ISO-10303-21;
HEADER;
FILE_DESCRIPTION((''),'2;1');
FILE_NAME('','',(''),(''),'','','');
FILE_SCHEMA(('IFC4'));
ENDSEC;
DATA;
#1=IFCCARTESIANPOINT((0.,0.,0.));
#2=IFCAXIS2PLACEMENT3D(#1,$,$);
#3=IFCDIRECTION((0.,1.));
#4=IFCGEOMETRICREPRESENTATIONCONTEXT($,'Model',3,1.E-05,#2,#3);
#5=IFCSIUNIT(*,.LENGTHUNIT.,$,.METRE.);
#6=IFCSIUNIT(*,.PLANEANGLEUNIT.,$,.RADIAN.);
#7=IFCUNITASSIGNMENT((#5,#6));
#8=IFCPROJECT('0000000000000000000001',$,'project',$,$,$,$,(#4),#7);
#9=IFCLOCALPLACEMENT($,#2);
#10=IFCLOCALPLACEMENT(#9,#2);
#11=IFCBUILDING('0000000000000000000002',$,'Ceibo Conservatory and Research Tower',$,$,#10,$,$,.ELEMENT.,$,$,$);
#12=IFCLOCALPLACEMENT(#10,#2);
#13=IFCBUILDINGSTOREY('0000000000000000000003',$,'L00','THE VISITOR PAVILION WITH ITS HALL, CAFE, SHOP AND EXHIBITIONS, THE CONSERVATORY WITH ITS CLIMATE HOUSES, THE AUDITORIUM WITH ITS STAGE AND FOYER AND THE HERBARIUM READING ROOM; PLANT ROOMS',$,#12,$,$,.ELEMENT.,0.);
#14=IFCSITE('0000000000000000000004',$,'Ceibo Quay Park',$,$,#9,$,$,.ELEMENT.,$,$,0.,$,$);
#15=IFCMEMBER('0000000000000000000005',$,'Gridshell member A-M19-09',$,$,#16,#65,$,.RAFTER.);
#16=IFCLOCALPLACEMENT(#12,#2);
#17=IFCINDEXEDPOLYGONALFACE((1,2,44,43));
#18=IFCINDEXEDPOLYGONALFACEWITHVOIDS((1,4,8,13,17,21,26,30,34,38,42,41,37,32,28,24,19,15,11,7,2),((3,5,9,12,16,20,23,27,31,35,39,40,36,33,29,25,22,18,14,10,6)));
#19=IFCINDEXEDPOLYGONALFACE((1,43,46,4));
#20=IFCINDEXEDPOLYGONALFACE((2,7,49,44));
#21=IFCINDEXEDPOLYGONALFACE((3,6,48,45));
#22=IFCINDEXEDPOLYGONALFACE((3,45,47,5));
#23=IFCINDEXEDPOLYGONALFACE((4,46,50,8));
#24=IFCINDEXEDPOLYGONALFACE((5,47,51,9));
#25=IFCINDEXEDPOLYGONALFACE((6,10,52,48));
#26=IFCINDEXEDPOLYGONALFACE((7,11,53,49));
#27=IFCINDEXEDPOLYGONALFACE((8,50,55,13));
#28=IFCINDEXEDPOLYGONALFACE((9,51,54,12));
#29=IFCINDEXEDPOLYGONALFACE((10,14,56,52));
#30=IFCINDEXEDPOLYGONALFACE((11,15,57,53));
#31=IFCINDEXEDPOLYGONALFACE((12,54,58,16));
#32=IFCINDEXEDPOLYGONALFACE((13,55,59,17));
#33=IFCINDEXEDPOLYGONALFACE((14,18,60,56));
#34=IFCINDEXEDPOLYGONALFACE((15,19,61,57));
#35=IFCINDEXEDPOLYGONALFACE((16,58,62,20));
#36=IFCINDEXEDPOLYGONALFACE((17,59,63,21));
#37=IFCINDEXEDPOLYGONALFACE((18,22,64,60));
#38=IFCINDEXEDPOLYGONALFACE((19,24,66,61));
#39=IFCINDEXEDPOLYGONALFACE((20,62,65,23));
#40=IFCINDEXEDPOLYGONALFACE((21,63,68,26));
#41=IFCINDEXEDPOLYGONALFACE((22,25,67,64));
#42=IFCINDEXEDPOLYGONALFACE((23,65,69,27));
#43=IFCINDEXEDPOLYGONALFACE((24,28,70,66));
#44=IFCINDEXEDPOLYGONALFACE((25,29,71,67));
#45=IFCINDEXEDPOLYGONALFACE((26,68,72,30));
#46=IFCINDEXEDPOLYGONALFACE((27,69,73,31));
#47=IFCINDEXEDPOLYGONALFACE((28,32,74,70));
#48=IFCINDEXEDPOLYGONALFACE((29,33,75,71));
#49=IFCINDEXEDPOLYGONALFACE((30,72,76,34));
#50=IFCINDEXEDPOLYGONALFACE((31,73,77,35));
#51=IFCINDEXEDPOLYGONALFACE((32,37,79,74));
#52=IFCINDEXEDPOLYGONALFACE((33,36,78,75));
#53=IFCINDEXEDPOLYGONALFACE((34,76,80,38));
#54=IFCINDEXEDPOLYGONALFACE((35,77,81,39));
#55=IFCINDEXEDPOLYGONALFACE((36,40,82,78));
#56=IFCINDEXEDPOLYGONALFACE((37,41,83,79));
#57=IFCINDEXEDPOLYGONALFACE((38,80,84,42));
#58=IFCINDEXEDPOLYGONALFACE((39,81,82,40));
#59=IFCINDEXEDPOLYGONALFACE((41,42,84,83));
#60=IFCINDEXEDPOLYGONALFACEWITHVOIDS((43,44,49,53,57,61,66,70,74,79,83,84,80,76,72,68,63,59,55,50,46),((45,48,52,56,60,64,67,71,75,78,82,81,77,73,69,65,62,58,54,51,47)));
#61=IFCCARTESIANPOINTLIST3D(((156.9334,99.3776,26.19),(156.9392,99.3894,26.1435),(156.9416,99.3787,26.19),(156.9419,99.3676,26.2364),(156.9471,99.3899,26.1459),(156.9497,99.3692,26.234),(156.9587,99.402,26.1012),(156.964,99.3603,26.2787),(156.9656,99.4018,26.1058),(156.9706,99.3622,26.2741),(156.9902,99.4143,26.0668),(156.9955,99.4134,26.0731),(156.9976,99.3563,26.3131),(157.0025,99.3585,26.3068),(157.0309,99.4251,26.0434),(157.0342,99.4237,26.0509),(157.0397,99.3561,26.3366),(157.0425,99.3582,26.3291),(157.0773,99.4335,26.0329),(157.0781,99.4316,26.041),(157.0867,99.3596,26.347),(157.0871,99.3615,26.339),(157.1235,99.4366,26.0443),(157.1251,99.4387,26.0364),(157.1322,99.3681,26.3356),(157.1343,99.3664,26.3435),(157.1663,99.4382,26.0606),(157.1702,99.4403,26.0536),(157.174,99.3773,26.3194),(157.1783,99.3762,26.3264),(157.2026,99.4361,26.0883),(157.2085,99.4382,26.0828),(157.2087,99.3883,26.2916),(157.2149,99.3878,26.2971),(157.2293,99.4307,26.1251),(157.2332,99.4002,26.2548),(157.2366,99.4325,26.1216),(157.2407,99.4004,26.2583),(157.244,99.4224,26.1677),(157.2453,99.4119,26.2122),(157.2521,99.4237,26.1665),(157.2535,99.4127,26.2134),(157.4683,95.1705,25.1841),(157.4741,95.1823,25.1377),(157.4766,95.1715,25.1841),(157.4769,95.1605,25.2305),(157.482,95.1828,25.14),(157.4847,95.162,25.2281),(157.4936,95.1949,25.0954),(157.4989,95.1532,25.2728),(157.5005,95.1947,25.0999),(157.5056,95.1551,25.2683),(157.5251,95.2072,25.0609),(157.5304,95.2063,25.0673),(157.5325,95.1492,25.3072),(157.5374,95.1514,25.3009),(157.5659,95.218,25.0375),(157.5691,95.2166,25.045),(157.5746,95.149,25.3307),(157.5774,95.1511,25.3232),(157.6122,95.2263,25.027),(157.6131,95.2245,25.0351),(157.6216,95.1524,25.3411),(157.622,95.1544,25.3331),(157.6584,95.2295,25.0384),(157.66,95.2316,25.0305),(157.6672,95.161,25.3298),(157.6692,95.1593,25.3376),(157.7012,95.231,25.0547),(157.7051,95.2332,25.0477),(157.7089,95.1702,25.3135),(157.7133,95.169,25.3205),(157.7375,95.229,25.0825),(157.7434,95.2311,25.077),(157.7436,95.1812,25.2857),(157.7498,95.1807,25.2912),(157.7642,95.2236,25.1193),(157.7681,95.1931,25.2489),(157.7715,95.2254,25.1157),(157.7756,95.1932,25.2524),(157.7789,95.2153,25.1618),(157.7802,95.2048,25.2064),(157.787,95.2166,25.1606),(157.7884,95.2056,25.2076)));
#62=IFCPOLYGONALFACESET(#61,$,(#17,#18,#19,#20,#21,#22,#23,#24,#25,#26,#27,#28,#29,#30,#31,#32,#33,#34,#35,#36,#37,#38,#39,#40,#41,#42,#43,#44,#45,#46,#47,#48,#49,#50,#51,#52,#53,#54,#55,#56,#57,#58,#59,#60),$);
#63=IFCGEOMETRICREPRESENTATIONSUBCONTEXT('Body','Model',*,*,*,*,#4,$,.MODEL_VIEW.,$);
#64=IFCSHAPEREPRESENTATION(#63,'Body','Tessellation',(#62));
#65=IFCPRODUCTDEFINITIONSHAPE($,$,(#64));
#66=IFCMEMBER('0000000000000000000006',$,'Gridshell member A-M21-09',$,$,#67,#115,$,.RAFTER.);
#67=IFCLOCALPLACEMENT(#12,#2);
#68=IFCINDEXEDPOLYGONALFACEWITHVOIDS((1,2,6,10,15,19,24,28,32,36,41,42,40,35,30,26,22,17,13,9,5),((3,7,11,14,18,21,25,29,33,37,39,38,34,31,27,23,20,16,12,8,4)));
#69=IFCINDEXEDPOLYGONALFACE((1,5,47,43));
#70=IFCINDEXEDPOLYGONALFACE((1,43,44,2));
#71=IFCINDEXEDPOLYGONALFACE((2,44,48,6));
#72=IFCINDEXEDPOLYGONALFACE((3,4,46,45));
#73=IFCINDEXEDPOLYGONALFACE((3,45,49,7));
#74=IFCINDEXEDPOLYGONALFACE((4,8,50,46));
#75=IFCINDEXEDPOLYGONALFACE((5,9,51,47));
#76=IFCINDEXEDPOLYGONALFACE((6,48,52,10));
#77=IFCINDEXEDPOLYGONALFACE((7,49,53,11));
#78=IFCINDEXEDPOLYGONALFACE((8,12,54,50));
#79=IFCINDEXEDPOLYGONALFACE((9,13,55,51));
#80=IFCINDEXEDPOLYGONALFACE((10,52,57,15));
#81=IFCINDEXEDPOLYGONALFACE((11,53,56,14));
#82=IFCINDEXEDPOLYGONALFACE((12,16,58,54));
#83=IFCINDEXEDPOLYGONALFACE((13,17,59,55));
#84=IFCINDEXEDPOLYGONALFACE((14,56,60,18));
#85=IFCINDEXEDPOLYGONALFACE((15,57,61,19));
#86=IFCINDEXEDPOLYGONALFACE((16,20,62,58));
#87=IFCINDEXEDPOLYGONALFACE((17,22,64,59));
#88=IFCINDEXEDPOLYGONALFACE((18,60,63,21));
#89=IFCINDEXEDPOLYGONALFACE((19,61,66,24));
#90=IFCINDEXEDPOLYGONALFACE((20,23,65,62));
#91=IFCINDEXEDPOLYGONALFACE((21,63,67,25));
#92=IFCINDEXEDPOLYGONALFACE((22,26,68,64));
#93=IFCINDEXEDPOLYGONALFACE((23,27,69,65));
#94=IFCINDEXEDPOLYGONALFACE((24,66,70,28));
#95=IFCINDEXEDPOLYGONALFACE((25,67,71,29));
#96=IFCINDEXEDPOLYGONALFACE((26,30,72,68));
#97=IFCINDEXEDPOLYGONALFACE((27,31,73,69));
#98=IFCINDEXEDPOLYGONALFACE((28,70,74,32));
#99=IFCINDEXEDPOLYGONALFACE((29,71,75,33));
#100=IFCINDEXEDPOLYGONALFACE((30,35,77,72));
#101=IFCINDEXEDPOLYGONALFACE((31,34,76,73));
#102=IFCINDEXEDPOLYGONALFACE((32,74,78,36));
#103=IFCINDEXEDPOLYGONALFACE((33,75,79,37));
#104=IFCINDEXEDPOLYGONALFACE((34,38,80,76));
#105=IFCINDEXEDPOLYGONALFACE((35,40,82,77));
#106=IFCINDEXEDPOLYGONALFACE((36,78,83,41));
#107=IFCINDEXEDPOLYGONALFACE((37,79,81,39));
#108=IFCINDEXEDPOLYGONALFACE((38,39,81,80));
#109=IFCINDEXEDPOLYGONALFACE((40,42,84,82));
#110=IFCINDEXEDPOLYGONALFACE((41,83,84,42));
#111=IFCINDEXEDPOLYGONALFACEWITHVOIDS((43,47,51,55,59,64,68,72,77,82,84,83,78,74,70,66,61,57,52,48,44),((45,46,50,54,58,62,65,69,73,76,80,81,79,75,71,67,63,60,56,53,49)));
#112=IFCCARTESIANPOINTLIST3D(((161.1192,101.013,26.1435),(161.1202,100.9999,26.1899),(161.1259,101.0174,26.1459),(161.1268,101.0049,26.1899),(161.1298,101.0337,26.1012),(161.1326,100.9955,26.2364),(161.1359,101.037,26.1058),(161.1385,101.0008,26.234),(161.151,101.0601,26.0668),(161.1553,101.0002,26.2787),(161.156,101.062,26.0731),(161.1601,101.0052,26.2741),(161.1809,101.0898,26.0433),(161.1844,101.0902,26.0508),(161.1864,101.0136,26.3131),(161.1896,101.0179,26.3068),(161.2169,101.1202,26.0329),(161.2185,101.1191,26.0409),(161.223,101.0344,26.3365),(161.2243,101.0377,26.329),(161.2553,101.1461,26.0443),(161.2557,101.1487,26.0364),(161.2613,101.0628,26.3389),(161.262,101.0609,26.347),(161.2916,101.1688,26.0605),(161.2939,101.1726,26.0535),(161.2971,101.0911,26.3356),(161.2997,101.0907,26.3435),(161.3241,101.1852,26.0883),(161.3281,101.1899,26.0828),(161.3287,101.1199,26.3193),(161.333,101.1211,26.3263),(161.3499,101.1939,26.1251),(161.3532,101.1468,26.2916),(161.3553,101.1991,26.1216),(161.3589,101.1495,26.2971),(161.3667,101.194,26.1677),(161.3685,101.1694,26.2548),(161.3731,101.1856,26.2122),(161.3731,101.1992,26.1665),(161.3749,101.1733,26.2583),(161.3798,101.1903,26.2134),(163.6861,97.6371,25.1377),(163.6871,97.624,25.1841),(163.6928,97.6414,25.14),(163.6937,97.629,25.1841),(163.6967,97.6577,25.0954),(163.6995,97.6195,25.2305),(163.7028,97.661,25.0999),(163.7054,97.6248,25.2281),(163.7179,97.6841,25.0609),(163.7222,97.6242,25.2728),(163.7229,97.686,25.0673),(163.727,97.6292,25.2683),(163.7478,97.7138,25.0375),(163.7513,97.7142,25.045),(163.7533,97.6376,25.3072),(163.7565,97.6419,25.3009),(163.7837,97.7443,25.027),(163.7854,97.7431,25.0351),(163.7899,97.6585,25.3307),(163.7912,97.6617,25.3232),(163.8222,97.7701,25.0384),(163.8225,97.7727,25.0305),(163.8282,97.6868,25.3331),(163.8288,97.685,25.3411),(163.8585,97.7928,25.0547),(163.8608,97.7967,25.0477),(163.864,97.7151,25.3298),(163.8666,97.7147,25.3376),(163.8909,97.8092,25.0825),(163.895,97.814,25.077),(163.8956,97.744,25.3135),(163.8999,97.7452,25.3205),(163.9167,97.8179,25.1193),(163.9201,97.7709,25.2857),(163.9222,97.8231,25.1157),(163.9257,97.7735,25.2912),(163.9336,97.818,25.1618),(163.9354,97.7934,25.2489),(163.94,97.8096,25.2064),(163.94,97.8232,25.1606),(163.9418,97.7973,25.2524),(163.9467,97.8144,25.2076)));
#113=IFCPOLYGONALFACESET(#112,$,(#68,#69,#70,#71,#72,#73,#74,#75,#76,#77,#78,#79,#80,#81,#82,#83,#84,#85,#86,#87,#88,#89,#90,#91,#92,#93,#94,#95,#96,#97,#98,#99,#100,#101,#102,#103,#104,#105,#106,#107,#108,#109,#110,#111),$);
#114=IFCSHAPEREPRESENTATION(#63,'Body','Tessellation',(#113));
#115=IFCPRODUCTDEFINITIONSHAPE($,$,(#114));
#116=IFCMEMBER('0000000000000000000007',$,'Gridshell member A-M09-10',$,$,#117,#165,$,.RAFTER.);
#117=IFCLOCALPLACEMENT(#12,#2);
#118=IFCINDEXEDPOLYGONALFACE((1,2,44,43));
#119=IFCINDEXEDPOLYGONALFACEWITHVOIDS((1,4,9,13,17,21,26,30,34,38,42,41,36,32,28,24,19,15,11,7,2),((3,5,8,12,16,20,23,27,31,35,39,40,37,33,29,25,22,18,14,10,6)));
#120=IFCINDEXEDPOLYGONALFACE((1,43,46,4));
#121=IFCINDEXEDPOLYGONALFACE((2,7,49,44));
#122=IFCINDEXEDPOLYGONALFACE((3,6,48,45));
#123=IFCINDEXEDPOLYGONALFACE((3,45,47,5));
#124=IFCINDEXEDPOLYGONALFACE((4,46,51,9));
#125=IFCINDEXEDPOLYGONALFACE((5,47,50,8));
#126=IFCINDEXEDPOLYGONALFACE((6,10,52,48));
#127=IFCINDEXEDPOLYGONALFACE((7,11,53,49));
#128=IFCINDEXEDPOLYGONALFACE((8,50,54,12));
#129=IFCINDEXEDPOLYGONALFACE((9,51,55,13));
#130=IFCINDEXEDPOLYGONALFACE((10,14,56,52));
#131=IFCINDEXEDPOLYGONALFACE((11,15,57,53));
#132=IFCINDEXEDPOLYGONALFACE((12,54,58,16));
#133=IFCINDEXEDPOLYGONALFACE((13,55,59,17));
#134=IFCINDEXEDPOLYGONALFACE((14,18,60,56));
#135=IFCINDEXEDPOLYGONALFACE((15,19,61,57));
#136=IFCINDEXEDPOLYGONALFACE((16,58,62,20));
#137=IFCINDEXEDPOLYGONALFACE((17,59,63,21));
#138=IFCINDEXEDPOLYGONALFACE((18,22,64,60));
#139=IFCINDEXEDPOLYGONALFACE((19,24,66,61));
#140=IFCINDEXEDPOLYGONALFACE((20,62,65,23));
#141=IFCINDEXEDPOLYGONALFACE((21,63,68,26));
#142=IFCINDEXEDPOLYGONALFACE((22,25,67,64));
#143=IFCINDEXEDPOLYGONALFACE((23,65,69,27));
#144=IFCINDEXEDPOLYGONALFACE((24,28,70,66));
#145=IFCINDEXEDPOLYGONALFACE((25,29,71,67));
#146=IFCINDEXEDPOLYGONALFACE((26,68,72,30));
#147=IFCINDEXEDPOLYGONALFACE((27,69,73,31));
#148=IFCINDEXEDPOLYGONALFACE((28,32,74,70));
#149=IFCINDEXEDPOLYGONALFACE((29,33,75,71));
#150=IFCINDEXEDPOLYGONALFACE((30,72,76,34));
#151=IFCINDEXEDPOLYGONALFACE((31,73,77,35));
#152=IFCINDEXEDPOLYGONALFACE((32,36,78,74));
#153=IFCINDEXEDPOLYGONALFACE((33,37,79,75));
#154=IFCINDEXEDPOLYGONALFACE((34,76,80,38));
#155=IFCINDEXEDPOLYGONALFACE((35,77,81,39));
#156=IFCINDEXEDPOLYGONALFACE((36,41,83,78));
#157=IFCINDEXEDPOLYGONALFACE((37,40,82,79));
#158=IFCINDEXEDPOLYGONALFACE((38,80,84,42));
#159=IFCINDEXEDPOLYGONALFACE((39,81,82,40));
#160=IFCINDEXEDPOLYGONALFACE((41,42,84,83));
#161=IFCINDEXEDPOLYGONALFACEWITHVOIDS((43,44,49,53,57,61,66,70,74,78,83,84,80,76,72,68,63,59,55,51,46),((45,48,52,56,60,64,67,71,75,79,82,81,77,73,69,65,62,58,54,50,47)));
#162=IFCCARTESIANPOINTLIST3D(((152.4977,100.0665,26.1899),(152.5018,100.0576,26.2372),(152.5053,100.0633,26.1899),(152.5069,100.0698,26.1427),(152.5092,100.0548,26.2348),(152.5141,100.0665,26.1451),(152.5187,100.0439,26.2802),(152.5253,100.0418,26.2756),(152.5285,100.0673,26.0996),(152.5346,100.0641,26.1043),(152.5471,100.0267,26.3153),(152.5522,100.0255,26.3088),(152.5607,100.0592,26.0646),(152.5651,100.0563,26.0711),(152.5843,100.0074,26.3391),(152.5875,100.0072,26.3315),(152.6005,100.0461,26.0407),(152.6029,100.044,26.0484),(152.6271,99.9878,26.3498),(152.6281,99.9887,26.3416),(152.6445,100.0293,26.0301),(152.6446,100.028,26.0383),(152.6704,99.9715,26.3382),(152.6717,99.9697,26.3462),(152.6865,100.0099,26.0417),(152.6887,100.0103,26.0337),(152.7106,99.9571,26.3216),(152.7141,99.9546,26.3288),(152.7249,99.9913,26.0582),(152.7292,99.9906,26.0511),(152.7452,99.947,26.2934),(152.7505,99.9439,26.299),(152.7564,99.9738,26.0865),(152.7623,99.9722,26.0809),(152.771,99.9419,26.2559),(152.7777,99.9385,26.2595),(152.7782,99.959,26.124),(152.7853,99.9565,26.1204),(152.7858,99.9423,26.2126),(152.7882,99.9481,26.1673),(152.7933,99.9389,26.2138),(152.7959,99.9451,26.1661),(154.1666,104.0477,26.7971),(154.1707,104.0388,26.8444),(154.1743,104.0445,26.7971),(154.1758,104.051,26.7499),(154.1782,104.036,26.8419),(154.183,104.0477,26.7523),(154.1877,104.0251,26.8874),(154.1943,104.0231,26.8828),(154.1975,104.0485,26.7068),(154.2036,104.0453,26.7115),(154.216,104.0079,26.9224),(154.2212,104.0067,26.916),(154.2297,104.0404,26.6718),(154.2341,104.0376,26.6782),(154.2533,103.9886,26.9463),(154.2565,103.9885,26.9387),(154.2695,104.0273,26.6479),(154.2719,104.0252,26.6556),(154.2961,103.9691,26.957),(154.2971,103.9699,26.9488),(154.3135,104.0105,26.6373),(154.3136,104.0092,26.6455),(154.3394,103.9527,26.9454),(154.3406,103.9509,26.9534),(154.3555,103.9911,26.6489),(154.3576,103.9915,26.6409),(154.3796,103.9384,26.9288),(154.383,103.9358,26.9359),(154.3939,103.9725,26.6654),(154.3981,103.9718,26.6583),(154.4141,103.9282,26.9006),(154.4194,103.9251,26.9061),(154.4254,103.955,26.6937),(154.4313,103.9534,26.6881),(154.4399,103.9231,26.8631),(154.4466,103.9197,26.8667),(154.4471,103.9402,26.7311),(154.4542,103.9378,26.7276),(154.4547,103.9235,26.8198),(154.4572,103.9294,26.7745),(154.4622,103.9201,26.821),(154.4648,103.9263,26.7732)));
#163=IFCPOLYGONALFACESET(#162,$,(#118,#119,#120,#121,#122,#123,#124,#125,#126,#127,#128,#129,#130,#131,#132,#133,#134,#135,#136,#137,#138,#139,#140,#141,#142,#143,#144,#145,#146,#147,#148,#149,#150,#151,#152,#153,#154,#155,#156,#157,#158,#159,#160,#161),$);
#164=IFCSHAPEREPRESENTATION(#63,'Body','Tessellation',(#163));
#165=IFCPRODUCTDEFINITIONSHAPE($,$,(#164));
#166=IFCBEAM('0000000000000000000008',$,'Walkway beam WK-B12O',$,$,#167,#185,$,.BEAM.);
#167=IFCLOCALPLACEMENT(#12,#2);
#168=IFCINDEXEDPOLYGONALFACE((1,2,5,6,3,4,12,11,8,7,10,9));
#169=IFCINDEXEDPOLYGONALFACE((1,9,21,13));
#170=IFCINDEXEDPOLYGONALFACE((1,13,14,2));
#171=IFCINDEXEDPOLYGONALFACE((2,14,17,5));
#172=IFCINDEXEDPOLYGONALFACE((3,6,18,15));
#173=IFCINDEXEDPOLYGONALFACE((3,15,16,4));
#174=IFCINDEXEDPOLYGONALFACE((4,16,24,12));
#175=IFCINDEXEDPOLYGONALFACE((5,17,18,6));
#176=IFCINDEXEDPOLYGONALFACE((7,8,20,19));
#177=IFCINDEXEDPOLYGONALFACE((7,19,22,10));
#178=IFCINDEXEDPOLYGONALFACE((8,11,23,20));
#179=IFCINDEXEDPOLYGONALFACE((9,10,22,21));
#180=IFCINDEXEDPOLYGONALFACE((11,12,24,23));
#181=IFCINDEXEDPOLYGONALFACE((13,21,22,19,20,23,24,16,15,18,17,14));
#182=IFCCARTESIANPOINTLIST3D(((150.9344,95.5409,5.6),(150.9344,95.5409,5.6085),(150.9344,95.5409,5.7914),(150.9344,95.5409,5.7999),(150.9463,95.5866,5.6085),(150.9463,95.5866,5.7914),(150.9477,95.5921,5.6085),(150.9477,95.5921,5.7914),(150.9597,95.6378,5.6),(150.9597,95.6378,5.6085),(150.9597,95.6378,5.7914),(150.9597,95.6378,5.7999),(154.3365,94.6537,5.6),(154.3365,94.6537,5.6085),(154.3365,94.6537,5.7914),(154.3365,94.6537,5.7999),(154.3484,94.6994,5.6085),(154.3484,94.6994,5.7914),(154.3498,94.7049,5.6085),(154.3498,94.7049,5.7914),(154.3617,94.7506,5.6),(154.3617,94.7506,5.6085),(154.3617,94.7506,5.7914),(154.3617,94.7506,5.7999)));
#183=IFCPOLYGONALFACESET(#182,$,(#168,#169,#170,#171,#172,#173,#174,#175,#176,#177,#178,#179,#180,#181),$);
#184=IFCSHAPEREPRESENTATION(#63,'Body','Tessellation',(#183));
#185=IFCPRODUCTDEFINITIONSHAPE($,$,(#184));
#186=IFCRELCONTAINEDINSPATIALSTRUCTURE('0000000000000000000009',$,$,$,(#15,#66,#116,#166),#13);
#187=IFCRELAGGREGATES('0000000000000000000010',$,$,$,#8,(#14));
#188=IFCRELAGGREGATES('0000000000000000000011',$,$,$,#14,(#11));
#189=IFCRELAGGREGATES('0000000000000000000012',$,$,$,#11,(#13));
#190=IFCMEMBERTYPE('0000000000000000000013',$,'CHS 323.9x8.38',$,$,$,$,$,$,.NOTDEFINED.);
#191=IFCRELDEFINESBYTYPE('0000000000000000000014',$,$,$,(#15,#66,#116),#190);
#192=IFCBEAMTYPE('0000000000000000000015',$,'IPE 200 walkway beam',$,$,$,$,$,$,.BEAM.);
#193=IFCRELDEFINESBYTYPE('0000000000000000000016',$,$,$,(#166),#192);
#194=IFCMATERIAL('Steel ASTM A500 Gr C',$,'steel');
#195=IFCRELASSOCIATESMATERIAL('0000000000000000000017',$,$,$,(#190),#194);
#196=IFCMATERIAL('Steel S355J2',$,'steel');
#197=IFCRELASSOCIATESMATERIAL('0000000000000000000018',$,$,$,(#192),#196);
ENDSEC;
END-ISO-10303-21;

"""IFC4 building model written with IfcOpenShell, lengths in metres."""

from ifc_helpers import new_model, si_unit, direction, frame, origin, origin_2d, place, context, subcontext, project, spatial, hollow_circle, i_section, extrude, material, material_profile, profile_set, type_object, element, save


model = new_model("IFC4")

# Units and contexts
model_context = context("Model", 3, precision=1e-05, world=origin(), true_north=direction((0.0, 1.0)))
body_context = subcontext(model_context, "Body", "Model", "MODEL_VIEW")
ifc_project = project(units=[si_unit("LENGTHUNIT", "METRE"), si_unit("PLANEANGLEUNIT", "RADIAN")], contexts=[model_context])

# Site, building, storey
site_placement = place(None, origin())
site = spatial("IfcSite", under=ifc_project, at=site_placement, Name="Ceibo Quay Park", CompositionType="ELEMENT", RefElevation=0.0)
building_placement = place(site_placement, origin())
building = spatial("IfcBuilding", under=site, at=building_placement, Name="Ceibo Conservatory and Research Tower", CompositionType="ELEMENT")
storey_placement = place(building_placement, origin())
storey = spatial("IfcBuildingStorey", under=building, at=storey_placement, Name="L00", Description="THE VISITOR PAVILION WITH ITS HALL, CAFE, SHOP AND EXHIBITIONS, THE CONSERVATORY WITH ITS CLIMATE HOUSES, THE AUDITORIUM WITH ITS STAGE AND FOYER AND THE HERBARIUM READING ROOM; PLANT ROOMS", CompositionType="ELEMENT", Elevation=0.0)

# Members
ifc_material_1 = material(Name="Steel ASTM A500 Gr C", Category="steel")
ifc_material_profile_1 = material_profile(ifc_material_1, hollow_circle(Radius=0.1619, WallThickness=0.0083, at=origin_2d()), Name="CHS 323.9x8.38")
ifc_profile_set_1 = profile_set([ifc_material_profile_1], Name="Steel ASTM A500 Gr C")
member_type_1 = type_object("IfcMemberType", Name="CHS 323.9x8.38", PredefinedType="NOTDEFINED", material=ifc_profile_set_1)
for number, where, z_axis, x_axis, name in (
    (1, (157.6289, 95.1909, 25.1841), (-0.122727, 0.965235, 0.230778), (-0.992014, -0.126132, 0.0), "Gridshell member A-M19-09"),
    (2, (163.8159, 97.7219, 25.1841), (-0.588918, 0.774545, 0.230773), (-0.796031, -0.605255, 0.0), "Gridshell member A-M21-09"),
):
    element("IfcMember", number, at=place(storey_placement, frame(where, z_axis=z_axis, x_axis=x_axis)), inside=storey, type_object=member_type_1, Name=name, PredefinedType="RAFTER", context=body_context, shape_type="SweptSolid", body=[
        extrude(hollow_circle(Radius=0.1619, WallThickness=0.0083, at=origin_2d()), origin(), (0.0, 0.0, 1.0), 4.3586),
    ])
member_1_placement = place(storey_placement, frame((152.647, 100.0039, 26.1899), z_axis=(0.382842, 0.913254, 0.139281), x_axis=(-0.922243, 0.38661, 0.0)))
element("IfcMember", 3, at=member_1_placement, inside=storey, type_object=member_type_1, Name="Gridshell member A-M09-10", PredefinedType="RAFTER", context=body_context, shape_type="SweptSolid", body=[
    extrude(hollow_circle(Radius=0.1619, WallThickness=0.0083, at=origin_2d()), origin(), (0.0, 0.0, 1.0), 4.3594),
])

# Beam
ifc_material_2 = material(Name="Steel S355J2", Category="steel")
ifc_material_profile_2 = material_profile(ifc_material_2, i_section(OverallWidth=0.1001, OverallDepth=0.2, WebThickness=0.0056, FlangeThickness=0.0085, at=origin_2d()), Name="IPE 200")
ifc_profile_set_2 = profile_set([ifc_material_profile_2], Name="Steel S355J2")
beam_type = type_object("IfcBeamType", Name="IPE 200 walkway beam", PredefinedType="BEAM", material=ifc_profile_set_2)
beam_1_placement = place(storey_placement, frame((150.947, 95.5894, 5.7), z_axis=(0.967638, -0.252343, 0.0), x_axis=(0.252343, 0.967638, 0.0)))
element("IfcBeam", 4, at=beam_1_placement, inside=storey, type_object=beam_type, Name="Walkway beam WK-B12O", PredefinedType="BEAM", context=body_context, shape_type="SweptSolid", body=[
    extrude(i_section(OverallWidth=0.1001, OverallDepth=0.2, WebThickness=0.0056, FlangeThickness=0.0085, at=origin_2d()), origin(), (0.0, 0.0, 1.0), 3.5159),
])

save(model, "model.ifc")
